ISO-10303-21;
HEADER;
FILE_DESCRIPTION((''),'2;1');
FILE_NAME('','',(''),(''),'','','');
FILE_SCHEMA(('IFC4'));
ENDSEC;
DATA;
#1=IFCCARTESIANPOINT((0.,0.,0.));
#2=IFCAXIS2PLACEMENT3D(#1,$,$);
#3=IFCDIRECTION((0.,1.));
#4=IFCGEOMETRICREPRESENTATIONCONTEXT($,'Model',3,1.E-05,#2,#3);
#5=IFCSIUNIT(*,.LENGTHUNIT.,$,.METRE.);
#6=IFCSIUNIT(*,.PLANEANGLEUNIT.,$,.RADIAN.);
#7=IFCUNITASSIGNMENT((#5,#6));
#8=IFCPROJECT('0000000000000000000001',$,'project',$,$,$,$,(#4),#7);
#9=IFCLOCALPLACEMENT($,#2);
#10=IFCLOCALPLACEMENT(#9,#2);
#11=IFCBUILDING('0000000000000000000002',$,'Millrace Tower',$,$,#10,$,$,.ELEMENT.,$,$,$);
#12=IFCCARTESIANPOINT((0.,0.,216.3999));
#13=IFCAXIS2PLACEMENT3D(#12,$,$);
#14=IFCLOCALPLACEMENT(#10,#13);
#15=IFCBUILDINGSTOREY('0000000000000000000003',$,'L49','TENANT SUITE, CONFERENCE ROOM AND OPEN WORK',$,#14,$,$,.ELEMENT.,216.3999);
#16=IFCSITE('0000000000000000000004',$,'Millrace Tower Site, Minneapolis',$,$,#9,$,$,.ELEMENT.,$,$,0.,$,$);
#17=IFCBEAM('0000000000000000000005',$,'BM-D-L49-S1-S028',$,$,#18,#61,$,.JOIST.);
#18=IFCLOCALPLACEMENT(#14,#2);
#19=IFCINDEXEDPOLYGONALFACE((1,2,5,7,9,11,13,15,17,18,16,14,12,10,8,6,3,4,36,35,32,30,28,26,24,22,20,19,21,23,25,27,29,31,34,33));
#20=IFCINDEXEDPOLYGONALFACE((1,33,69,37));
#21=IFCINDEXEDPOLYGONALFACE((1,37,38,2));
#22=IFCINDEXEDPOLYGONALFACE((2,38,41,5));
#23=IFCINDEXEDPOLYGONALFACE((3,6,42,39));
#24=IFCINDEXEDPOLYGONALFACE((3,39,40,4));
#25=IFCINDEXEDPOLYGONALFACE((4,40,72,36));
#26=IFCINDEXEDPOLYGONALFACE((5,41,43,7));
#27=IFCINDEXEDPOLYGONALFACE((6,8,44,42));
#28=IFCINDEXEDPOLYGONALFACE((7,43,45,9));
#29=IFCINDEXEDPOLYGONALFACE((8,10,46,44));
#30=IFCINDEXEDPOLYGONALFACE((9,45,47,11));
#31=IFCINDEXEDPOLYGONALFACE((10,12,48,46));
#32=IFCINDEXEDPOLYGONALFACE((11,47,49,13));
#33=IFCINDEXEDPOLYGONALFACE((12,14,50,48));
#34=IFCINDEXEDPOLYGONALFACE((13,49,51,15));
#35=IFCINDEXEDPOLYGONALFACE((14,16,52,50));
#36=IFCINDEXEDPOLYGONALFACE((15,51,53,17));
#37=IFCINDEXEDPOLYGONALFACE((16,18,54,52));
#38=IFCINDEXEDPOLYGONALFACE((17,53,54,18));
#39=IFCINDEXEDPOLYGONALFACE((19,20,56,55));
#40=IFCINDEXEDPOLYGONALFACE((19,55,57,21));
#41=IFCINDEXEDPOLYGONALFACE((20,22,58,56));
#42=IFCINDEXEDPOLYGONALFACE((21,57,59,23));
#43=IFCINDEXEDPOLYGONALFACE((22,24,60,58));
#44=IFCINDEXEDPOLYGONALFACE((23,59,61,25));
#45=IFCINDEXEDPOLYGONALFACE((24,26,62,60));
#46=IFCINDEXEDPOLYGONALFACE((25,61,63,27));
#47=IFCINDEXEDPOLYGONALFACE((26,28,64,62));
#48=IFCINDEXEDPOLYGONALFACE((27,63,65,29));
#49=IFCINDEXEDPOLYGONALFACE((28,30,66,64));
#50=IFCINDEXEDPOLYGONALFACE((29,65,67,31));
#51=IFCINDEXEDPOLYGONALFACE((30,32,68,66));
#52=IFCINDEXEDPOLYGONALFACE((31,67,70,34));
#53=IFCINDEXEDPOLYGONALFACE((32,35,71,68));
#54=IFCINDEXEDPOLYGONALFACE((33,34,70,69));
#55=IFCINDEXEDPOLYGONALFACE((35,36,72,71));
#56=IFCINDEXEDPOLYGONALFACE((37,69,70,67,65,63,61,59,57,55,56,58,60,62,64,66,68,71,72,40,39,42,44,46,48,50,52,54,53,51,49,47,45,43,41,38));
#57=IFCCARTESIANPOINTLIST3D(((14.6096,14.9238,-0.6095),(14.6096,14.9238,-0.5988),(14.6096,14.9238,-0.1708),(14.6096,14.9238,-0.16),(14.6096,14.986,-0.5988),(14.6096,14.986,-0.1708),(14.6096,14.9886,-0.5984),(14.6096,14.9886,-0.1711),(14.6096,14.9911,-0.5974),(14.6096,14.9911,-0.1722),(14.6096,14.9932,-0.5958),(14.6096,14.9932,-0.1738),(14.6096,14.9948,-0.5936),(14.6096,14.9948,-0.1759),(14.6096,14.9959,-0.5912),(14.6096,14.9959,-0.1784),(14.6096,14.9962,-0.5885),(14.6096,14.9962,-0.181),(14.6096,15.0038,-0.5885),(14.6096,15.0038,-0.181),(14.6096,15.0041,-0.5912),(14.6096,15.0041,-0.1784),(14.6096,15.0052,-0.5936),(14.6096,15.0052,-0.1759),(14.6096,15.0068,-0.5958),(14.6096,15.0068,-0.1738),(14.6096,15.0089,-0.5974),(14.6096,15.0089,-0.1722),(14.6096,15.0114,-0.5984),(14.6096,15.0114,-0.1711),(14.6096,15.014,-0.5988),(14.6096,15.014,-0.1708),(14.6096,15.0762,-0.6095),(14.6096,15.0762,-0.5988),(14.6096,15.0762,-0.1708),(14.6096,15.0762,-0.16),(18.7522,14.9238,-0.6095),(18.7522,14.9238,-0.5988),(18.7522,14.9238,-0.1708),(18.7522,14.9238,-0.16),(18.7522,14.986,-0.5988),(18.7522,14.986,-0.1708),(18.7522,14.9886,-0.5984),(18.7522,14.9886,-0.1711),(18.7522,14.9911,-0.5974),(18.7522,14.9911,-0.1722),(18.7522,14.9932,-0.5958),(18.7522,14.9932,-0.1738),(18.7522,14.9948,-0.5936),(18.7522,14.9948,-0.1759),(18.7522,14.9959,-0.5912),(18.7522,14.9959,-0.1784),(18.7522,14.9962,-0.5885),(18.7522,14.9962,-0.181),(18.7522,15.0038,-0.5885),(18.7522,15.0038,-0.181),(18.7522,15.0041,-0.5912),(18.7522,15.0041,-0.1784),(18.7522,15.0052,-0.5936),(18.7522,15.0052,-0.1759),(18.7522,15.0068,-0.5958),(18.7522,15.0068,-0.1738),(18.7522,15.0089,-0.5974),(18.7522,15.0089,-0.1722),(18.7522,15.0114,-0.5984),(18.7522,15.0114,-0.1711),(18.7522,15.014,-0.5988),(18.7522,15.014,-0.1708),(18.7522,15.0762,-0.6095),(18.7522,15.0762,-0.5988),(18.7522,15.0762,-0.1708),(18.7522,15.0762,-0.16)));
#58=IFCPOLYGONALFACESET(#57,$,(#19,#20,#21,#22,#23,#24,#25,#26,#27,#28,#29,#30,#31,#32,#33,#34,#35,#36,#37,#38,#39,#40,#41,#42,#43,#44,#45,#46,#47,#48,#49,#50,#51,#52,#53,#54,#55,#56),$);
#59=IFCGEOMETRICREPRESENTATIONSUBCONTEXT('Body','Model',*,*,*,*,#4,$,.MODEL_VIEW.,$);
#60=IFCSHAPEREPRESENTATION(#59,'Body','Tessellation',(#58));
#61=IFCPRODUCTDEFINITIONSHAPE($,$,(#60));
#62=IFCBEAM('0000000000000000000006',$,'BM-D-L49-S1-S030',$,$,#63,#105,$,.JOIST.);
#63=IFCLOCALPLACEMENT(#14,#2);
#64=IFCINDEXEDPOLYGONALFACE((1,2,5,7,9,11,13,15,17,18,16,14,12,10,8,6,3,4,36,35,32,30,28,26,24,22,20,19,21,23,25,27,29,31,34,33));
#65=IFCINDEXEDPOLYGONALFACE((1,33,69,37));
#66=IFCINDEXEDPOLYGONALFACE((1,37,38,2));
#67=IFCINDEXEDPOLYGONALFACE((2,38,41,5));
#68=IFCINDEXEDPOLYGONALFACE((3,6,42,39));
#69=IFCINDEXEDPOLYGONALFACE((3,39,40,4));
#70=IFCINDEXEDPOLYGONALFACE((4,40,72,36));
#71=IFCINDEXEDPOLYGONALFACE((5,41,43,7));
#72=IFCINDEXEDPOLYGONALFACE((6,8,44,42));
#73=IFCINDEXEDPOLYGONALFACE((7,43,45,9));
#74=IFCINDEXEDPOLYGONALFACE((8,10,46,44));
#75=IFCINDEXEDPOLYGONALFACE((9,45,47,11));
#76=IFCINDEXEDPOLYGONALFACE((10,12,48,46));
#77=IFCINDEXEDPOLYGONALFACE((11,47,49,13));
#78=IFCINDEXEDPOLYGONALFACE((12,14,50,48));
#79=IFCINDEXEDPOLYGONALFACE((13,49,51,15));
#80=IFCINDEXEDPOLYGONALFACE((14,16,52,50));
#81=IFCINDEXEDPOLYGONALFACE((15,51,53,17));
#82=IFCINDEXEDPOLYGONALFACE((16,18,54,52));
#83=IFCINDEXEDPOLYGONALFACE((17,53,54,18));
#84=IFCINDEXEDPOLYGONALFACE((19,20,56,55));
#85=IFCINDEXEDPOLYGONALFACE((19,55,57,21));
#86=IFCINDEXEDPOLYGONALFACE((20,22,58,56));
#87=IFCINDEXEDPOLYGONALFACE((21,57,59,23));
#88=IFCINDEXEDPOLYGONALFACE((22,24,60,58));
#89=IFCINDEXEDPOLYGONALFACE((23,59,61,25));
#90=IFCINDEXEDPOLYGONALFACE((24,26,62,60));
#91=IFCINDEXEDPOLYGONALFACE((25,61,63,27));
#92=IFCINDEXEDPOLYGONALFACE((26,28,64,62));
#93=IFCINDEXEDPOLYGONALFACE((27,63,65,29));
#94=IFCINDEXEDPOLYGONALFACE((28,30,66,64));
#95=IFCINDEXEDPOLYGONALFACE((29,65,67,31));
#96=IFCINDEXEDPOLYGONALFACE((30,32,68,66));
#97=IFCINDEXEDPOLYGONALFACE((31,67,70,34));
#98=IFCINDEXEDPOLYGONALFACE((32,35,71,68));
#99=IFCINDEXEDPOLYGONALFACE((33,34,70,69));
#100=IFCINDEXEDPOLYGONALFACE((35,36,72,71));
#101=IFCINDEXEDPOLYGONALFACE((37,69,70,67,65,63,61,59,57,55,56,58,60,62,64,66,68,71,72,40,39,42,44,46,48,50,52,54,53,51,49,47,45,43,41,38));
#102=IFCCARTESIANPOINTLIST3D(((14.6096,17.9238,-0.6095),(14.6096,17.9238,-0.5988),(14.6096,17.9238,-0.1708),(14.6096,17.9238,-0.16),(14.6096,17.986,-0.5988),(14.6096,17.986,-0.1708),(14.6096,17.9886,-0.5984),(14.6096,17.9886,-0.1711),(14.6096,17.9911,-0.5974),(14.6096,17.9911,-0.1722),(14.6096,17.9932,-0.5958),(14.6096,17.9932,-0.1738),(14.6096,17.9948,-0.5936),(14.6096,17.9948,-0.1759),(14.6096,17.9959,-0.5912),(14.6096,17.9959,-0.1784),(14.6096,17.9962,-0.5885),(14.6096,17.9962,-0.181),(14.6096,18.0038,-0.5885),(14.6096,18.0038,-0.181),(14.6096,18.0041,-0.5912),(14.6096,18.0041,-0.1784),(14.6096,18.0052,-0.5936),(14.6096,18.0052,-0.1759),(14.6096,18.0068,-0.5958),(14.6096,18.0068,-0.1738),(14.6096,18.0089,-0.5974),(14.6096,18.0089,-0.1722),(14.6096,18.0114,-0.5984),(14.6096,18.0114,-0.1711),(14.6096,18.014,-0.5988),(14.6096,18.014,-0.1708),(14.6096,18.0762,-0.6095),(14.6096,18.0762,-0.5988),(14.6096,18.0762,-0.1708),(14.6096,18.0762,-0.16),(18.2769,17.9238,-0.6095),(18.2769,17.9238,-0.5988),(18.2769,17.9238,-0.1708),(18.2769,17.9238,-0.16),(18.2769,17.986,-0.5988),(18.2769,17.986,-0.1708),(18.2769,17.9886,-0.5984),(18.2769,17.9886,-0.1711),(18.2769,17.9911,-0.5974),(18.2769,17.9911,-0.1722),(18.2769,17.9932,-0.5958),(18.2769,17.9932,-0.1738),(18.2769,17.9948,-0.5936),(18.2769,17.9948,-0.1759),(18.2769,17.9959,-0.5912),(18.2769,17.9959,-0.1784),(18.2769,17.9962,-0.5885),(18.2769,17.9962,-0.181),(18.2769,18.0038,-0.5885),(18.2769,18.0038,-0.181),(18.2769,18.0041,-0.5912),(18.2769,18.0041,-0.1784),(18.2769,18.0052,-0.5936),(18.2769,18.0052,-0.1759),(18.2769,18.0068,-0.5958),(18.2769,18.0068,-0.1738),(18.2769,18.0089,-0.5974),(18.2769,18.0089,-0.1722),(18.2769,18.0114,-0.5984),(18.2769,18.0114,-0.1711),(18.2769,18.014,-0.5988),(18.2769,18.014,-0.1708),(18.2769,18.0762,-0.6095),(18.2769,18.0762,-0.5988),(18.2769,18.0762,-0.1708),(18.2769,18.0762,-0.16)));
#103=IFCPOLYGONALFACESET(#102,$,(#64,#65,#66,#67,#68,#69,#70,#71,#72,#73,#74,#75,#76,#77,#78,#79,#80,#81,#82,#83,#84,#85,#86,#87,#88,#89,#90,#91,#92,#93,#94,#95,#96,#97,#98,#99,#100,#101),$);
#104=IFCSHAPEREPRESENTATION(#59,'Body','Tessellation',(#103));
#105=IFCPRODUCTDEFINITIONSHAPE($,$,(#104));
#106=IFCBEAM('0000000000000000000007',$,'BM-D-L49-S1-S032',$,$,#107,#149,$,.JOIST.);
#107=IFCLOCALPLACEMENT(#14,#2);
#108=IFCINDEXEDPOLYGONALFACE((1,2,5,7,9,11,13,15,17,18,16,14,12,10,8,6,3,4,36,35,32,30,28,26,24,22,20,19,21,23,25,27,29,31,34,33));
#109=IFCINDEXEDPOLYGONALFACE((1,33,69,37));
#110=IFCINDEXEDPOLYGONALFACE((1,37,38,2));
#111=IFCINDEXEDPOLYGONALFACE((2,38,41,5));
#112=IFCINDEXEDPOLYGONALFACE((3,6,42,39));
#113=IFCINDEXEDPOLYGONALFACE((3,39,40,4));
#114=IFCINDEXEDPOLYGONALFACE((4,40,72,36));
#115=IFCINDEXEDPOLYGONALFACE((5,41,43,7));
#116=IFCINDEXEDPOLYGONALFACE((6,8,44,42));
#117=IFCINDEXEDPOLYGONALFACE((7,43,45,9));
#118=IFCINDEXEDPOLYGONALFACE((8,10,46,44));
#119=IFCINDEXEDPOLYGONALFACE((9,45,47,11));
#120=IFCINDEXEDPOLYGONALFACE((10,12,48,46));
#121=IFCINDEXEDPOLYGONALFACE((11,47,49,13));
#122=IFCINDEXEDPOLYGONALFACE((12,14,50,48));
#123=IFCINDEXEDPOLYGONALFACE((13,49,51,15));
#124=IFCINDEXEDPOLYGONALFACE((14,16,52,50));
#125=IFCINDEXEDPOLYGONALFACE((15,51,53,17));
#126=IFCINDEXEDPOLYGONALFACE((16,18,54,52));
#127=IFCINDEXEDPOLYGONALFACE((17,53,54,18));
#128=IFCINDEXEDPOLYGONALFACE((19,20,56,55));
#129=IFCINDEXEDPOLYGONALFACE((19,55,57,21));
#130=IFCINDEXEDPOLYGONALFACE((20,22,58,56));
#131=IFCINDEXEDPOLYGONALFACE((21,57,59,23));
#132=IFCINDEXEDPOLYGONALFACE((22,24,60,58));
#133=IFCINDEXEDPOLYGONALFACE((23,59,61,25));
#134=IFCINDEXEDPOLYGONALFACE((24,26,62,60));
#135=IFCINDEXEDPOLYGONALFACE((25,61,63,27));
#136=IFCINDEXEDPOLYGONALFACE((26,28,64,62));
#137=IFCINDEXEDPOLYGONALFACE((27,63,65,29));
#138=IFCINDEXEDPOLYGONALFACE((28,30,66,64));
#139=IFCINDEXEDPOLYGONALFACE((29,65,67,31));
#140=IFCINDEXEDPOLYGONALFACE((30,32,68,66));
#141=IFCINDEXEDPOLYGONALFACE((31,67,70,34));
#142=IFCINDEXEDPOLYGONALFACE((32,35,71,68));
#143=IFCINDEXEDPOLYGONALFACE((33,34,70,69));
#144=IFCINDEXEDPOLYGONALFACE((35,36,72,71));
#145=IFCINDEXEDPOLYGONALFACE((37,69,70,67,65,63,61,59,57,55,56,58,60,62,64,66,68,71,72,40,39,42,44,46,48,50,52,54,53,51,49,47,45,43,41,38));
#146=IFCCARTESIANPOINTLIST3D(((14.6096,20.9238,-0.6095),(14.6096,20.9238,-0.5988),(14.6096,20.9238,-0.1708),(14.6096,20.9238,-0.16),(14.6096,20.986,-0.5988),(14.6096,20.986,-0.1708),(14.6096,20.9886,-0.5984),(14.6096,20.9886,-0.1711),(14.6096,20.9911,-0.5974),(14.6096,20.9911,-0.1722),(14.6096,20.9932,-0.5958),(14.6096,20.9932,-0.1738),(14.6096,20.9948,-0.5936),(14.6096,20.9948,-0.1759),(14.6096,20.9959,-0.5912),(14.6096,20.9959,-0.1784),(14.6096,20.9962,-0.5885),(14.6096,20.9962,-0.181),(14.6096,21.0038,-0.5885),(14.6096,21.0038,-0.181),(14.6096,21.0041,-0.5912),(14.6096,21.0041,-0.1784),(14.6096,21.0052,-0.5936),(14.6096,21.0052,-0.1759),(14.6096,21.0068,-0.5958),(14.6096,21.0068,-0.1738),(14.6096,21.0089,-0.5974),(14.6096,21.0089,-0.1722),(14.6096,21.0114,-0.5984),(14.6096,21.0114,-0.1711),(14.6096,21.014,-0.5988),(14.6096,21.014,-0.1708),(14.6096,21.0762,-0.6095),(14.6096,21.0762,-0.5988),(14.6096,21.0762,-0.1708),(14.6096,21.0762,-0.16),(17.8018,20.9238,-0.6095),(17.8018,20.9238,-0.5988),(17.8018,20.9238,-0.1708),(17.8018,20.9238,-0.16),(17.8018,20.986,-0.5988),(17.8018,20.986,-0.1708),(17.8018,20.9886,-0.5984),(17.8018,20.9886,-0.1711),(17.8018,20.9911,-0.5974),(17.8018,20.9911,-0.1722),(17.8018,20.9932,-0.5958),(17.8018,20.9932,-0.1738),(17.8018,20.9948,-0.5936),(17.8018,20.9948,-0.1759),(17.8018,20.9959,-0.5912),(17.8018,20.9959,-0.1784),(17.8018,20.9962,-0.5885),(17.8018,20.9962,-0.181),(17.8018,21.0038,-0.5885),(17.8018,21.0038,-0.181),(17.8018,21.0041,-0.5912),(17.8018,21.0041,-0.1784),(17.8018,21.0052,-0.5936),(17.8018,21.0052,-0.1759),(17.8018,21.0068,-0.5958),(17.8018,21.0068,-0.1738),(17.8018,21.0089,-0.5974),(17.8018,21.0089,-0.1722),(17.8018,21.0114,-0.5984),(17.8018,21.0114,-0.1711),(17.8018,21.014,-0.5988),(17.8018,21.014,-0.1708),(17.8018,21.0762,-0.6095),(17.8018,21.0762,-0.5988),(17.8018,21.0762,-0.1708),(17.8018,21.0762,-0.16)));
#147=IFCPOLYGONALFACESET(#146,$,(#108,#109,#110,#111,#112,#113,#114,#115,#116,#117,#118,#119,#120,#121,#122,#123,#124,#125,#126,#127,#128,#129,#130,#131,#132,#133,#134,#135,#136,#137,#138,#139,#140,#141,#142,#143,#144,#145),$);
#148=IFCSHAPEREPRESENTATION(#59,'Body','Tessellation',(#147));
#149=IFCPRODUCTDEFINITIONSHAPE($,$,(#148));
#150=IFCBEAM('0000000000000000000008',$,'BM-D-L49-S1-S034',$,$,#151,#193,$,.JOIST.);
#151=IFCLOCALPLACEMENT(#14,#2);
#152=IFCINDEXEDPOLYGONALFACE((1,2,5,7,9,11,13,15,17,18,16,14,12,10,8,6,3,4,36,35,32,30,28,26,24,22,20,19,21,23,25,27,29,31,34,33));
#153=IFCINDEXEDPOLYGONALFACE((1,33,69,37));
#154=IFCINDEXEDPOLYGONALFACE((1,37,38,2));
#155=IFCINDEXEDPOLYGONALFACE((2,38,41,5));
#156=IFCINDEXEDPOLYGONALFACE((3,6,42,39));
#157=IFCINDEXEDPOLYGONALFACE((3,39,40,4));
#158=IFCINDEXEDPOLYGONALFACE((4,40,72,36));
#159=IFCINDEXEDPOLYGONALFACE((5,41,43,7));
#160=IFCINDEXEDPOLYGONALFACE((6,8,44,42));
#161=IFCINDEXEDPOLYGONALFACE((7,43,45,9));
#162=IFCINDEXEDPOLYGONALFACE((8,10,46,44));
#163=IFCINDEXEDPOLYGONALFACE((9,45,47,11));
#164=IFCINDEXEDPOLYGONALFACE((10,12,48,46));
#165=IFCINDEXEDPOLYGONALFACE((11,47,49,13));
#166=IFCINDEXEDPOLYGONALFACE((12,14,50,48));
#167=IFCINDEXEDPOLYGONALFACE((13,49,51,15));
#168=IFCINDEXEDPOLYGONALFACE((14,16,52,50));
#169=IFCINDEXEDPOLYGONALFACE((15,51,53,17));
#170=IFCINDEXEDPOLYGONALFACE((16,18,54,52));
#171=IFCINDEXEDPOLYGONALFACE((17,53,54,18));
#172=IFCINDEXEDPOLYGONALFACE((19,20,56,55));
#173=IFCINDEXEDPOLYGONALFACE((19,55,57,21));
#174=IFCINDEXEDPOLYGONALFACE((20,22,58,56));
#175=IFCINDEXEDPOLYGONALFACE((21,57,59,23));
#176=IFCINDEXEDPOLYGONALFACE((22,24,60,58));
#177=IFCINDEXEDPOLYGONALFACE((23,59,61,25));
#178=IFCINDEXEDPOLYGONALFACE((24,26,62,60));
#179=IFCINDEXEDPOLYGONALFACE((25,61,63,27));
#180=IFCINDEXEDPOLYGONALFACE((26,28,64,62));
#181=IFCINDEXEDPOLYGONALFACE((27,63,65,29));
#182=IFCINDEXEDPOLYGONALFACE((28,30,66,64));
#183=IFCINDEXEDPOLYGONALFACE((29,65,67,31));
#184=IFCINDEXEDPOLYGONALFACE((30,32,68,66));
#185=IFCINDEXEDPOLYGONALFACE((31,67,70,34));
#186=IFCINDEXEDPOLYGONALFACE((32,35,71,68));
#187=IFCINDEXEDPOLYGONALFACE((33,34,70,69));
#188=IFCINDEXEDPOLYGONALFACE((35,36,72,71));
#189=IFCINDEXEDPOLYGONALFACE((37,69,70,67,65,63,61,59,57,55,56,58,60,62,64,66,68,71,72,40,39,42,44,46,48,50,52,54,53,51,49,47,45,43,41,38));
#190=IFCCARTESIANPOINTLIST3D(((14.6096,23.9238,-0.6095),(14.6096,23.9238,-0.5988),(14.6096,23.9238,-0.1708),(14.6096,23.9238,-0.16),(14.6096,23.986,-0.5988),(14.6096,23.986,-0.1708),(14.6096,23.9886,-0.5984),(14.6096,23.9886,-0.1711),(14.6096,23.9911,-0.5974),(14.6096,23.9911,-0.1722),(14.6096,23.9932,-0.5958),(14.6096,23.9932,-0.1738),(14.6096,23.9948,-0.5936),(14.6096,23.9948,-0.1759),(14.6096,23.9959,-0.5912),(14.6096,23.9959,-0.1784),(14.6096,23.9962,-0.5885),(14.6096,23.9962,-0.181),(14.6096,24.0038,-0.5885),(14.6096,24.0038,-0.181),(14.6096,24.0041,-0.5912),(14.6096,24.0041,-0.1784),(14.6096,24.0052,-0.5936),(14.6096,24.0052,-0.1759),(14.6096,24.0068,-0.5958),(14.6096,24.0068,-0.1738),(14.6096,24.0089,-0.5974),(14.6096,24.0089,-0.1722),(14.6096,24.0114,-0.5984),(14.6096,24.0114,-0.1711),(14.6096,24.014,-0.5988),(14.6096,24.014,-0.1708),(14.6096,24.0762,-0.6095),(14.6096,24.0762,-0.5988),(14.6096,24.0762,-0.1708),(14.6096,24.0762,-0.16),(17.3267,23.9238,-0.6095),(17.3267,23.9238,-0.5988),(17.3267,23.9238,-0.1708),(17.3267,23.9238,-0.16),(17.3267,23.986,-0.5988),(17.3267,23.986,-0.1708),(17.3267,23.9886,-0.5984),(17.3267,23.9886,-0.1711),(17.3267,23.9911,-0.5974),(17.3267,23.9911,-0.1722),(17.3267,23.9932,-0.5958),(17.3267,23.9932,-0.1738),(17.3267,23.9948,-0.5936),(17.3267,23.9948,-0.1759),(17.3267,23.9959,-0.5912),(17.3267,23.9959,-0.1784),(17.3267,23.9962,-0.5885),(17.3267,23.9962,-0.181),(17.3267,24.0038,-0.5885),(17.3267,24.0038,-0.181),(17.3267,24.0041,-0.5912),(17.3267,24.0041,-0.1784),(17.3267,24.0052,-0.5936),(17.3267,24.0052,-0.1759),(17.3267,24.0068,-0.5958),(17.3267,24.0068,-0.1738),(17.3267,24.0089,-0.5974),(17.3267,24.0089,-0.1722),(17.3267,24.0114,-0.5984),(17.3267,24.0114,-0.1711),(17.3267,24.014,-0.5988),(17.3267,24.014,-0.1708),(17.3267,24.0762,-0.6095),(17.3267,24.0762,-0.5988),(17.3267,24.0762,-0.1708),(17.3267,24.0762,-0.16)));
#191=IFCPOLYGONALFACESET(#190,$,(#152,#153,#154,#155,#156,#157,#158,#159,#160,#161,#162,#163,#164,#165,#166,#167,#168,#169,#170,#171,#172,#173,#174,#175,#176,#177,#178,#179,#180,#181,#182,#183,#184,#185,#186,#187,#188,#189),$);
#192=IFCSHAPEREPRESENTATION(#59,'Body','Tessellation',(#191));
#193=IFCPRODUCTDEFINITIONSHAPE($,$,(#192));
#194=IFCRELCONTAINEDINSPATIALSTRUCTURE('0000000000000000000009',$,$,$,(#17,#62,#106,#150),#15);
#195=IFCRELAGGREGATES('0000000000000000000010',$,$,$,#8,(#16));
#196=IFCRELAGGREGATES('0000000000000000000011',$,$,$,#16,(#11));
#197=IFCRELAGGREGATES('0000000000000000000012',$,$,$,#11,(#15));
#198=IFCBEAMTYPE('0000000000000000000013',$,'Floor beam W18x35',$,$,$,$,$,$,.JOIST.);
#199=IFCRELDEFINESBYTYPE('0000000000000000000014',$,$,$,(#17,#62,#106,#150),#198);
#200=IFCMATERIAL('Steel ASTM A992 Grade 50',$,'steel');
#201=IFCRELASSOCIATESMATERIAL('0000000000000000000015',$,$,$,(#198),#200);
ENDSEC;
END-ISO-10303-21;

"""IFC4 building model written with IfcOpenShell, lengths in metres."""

from ifc_helpers import new_model, si_unit, direction, frame, origin, origin_2d, place, context, subcontext, project, spatial, i_section, extrude, material, material_profile, profile_set, type_object, element, save


model = new_model("IFC4")

# Units and contexts
model_context = context("Model", 3, precision=1e-05, world=origin(), true_north=direction((0.0, 1.0)))
body_context = subcontext(model_context, "Body", "Model", "MODEL_VIEW")
ifc_project = project(units=[si_unit("LENGTHUNIT", "METRE"), si_unit("PLANEANGLEUNIT", "RADIAN")], contexts=[model_context])

# Site, building, storey
site_placement = place(None, origin())
site = spatial("IfcSite", under=ifc_project, at=site_placement, Name="Millrace Tower Site, Minneapolis", CompositionType="ELEMENT", RefElevation=0.0)
building_placement = place(site_placement, origin())
building = spatial("IfcBuilding", under=site, at=building_placement, Name="Millrace Tower", CompositionType="ELEMENT")
storey_placement = place(building_placement, frame((0.0, 0.0, 216.3999)))
storey = spatial("IfcBuildingStorey", under=building, at=storey_placement, Name="L49", Description="TENANT SUITE, CONFERENCE ROOM AND OPEN WORK", CompositionType="ELEMENT", Elevation=216.3999)

# Beams
ifc_material_1 = material(Name="Steel ASTM A992 Grade 50", Category="steel")
ifc_material_profile_1 = material_profile(ifc_material_1, i_section(OverallWidth=0.1523, OverallDepth=0.4495, WebThickness=0.0076, FlangeThickness=0.0107, FilletRadius=0.0103, at=origin_2d()))
ifc_profile_set_1 = profile_set([ifc_material_profile_1], Name="Steel ASTM A992 Grade 50")
beam_type_1 = type_object("IfcBeamType", Name="Floor beam W18x35", PredefinedType="JOIST", material=ifc_profile_set_1)
beam_1_placement = place(storey_placement, frame((14.6096, 15.0, -0.3848), z_axis=(1.0, 0.0, 0.0), x_axis=(0.0, 1.0, 0.0)))
element("IfcBeam", 1, at=beam_1_placement, inside=storey, type_object=beam_type_1, Name="BM-D-L49-S1-S028", PredefinedType="JOIST", context=body_context, shape_type="SweptSolid", body=[
    extrude(i_section(OverallWidth=0.1523, OverallDepth=0.4495, WebThickness=0.0076, FlangeThickness=0.0107, FilletRadius=0.0103, at=origin_2d()), origin(), (0.0, 0.0, 1.0), 4.1426),
])
beam_2_placement = place(storey_placement, frame((14.6096, 18.0, -0.3848), z_axis=(1.0, 0.0, 0.0), x_axis=(0.0, 1.0, 0.0)))
element("IfcBeam", 2, at=beam_2_placement, inside=storey, type_object=beam_type_1, Name="BM-D-L49-S1-S030", PredefinedType="JOIST", context=body_context, shape_type="SweptSolid", body=[
    extrude(i_section(OverallWidth=0.1523, OverallDepth=0.4495, WebThickness=0.0076, FlangeThickness=0.0107, FilletRadius=0.0103, at=origin_2d()), origin(), (0.0, 0.0, 1.0), 3.6672),
])
beam_3_placement = place(storey_placement, frame((14.6096, 21.0, -0.3848), z_axis=(1.0, 0.0, 0.0), x_axis=(0.0, 1.0, 0.0)))
element("IfcBeam", 3, at=beam_3_placement, inside=storey, type_object=beam_type_1, Name="BM-D-L49-S1-S032", PredefinedType="JOIST", context=body_context, shape_type="SweptSolid", body=[
    extrude(i_section(OverallWidth=0.1523, OverallDepth=0.4495, WebThickness=0.0076, FlangeThickness=0.0107, FilletRadius=0.0103, at=origin_2d()), origin(), (0.0, 0.0, 1.0), 3.1921),
])
beam_4_placement = place(storey_placement, frame((14.6096, 24.0, -0.3848), z_axis=(1.0, 0.0, 0.0), x_axis=(0.0, 1.0, 0.0)))
element("IfcBeam", 4, at=beam_4_placement, inside=storey, type_object=beam_type_1, Name="BM-D-L49-S1-S034", PredefinedType="JOIST", context=body_context, shape_type="SweptSolid", body=[
    extrude(i_section(OverallWidth=0.1523, OverallDepth=0.4495, WebThickness=0.0076, FlangeThickness=0.0107, FilletRadius=0.0103, at=origin_2d()), origin(), (0.0, 0.0, 1.0), 2.717),
])

save(model, "model.ifc")
